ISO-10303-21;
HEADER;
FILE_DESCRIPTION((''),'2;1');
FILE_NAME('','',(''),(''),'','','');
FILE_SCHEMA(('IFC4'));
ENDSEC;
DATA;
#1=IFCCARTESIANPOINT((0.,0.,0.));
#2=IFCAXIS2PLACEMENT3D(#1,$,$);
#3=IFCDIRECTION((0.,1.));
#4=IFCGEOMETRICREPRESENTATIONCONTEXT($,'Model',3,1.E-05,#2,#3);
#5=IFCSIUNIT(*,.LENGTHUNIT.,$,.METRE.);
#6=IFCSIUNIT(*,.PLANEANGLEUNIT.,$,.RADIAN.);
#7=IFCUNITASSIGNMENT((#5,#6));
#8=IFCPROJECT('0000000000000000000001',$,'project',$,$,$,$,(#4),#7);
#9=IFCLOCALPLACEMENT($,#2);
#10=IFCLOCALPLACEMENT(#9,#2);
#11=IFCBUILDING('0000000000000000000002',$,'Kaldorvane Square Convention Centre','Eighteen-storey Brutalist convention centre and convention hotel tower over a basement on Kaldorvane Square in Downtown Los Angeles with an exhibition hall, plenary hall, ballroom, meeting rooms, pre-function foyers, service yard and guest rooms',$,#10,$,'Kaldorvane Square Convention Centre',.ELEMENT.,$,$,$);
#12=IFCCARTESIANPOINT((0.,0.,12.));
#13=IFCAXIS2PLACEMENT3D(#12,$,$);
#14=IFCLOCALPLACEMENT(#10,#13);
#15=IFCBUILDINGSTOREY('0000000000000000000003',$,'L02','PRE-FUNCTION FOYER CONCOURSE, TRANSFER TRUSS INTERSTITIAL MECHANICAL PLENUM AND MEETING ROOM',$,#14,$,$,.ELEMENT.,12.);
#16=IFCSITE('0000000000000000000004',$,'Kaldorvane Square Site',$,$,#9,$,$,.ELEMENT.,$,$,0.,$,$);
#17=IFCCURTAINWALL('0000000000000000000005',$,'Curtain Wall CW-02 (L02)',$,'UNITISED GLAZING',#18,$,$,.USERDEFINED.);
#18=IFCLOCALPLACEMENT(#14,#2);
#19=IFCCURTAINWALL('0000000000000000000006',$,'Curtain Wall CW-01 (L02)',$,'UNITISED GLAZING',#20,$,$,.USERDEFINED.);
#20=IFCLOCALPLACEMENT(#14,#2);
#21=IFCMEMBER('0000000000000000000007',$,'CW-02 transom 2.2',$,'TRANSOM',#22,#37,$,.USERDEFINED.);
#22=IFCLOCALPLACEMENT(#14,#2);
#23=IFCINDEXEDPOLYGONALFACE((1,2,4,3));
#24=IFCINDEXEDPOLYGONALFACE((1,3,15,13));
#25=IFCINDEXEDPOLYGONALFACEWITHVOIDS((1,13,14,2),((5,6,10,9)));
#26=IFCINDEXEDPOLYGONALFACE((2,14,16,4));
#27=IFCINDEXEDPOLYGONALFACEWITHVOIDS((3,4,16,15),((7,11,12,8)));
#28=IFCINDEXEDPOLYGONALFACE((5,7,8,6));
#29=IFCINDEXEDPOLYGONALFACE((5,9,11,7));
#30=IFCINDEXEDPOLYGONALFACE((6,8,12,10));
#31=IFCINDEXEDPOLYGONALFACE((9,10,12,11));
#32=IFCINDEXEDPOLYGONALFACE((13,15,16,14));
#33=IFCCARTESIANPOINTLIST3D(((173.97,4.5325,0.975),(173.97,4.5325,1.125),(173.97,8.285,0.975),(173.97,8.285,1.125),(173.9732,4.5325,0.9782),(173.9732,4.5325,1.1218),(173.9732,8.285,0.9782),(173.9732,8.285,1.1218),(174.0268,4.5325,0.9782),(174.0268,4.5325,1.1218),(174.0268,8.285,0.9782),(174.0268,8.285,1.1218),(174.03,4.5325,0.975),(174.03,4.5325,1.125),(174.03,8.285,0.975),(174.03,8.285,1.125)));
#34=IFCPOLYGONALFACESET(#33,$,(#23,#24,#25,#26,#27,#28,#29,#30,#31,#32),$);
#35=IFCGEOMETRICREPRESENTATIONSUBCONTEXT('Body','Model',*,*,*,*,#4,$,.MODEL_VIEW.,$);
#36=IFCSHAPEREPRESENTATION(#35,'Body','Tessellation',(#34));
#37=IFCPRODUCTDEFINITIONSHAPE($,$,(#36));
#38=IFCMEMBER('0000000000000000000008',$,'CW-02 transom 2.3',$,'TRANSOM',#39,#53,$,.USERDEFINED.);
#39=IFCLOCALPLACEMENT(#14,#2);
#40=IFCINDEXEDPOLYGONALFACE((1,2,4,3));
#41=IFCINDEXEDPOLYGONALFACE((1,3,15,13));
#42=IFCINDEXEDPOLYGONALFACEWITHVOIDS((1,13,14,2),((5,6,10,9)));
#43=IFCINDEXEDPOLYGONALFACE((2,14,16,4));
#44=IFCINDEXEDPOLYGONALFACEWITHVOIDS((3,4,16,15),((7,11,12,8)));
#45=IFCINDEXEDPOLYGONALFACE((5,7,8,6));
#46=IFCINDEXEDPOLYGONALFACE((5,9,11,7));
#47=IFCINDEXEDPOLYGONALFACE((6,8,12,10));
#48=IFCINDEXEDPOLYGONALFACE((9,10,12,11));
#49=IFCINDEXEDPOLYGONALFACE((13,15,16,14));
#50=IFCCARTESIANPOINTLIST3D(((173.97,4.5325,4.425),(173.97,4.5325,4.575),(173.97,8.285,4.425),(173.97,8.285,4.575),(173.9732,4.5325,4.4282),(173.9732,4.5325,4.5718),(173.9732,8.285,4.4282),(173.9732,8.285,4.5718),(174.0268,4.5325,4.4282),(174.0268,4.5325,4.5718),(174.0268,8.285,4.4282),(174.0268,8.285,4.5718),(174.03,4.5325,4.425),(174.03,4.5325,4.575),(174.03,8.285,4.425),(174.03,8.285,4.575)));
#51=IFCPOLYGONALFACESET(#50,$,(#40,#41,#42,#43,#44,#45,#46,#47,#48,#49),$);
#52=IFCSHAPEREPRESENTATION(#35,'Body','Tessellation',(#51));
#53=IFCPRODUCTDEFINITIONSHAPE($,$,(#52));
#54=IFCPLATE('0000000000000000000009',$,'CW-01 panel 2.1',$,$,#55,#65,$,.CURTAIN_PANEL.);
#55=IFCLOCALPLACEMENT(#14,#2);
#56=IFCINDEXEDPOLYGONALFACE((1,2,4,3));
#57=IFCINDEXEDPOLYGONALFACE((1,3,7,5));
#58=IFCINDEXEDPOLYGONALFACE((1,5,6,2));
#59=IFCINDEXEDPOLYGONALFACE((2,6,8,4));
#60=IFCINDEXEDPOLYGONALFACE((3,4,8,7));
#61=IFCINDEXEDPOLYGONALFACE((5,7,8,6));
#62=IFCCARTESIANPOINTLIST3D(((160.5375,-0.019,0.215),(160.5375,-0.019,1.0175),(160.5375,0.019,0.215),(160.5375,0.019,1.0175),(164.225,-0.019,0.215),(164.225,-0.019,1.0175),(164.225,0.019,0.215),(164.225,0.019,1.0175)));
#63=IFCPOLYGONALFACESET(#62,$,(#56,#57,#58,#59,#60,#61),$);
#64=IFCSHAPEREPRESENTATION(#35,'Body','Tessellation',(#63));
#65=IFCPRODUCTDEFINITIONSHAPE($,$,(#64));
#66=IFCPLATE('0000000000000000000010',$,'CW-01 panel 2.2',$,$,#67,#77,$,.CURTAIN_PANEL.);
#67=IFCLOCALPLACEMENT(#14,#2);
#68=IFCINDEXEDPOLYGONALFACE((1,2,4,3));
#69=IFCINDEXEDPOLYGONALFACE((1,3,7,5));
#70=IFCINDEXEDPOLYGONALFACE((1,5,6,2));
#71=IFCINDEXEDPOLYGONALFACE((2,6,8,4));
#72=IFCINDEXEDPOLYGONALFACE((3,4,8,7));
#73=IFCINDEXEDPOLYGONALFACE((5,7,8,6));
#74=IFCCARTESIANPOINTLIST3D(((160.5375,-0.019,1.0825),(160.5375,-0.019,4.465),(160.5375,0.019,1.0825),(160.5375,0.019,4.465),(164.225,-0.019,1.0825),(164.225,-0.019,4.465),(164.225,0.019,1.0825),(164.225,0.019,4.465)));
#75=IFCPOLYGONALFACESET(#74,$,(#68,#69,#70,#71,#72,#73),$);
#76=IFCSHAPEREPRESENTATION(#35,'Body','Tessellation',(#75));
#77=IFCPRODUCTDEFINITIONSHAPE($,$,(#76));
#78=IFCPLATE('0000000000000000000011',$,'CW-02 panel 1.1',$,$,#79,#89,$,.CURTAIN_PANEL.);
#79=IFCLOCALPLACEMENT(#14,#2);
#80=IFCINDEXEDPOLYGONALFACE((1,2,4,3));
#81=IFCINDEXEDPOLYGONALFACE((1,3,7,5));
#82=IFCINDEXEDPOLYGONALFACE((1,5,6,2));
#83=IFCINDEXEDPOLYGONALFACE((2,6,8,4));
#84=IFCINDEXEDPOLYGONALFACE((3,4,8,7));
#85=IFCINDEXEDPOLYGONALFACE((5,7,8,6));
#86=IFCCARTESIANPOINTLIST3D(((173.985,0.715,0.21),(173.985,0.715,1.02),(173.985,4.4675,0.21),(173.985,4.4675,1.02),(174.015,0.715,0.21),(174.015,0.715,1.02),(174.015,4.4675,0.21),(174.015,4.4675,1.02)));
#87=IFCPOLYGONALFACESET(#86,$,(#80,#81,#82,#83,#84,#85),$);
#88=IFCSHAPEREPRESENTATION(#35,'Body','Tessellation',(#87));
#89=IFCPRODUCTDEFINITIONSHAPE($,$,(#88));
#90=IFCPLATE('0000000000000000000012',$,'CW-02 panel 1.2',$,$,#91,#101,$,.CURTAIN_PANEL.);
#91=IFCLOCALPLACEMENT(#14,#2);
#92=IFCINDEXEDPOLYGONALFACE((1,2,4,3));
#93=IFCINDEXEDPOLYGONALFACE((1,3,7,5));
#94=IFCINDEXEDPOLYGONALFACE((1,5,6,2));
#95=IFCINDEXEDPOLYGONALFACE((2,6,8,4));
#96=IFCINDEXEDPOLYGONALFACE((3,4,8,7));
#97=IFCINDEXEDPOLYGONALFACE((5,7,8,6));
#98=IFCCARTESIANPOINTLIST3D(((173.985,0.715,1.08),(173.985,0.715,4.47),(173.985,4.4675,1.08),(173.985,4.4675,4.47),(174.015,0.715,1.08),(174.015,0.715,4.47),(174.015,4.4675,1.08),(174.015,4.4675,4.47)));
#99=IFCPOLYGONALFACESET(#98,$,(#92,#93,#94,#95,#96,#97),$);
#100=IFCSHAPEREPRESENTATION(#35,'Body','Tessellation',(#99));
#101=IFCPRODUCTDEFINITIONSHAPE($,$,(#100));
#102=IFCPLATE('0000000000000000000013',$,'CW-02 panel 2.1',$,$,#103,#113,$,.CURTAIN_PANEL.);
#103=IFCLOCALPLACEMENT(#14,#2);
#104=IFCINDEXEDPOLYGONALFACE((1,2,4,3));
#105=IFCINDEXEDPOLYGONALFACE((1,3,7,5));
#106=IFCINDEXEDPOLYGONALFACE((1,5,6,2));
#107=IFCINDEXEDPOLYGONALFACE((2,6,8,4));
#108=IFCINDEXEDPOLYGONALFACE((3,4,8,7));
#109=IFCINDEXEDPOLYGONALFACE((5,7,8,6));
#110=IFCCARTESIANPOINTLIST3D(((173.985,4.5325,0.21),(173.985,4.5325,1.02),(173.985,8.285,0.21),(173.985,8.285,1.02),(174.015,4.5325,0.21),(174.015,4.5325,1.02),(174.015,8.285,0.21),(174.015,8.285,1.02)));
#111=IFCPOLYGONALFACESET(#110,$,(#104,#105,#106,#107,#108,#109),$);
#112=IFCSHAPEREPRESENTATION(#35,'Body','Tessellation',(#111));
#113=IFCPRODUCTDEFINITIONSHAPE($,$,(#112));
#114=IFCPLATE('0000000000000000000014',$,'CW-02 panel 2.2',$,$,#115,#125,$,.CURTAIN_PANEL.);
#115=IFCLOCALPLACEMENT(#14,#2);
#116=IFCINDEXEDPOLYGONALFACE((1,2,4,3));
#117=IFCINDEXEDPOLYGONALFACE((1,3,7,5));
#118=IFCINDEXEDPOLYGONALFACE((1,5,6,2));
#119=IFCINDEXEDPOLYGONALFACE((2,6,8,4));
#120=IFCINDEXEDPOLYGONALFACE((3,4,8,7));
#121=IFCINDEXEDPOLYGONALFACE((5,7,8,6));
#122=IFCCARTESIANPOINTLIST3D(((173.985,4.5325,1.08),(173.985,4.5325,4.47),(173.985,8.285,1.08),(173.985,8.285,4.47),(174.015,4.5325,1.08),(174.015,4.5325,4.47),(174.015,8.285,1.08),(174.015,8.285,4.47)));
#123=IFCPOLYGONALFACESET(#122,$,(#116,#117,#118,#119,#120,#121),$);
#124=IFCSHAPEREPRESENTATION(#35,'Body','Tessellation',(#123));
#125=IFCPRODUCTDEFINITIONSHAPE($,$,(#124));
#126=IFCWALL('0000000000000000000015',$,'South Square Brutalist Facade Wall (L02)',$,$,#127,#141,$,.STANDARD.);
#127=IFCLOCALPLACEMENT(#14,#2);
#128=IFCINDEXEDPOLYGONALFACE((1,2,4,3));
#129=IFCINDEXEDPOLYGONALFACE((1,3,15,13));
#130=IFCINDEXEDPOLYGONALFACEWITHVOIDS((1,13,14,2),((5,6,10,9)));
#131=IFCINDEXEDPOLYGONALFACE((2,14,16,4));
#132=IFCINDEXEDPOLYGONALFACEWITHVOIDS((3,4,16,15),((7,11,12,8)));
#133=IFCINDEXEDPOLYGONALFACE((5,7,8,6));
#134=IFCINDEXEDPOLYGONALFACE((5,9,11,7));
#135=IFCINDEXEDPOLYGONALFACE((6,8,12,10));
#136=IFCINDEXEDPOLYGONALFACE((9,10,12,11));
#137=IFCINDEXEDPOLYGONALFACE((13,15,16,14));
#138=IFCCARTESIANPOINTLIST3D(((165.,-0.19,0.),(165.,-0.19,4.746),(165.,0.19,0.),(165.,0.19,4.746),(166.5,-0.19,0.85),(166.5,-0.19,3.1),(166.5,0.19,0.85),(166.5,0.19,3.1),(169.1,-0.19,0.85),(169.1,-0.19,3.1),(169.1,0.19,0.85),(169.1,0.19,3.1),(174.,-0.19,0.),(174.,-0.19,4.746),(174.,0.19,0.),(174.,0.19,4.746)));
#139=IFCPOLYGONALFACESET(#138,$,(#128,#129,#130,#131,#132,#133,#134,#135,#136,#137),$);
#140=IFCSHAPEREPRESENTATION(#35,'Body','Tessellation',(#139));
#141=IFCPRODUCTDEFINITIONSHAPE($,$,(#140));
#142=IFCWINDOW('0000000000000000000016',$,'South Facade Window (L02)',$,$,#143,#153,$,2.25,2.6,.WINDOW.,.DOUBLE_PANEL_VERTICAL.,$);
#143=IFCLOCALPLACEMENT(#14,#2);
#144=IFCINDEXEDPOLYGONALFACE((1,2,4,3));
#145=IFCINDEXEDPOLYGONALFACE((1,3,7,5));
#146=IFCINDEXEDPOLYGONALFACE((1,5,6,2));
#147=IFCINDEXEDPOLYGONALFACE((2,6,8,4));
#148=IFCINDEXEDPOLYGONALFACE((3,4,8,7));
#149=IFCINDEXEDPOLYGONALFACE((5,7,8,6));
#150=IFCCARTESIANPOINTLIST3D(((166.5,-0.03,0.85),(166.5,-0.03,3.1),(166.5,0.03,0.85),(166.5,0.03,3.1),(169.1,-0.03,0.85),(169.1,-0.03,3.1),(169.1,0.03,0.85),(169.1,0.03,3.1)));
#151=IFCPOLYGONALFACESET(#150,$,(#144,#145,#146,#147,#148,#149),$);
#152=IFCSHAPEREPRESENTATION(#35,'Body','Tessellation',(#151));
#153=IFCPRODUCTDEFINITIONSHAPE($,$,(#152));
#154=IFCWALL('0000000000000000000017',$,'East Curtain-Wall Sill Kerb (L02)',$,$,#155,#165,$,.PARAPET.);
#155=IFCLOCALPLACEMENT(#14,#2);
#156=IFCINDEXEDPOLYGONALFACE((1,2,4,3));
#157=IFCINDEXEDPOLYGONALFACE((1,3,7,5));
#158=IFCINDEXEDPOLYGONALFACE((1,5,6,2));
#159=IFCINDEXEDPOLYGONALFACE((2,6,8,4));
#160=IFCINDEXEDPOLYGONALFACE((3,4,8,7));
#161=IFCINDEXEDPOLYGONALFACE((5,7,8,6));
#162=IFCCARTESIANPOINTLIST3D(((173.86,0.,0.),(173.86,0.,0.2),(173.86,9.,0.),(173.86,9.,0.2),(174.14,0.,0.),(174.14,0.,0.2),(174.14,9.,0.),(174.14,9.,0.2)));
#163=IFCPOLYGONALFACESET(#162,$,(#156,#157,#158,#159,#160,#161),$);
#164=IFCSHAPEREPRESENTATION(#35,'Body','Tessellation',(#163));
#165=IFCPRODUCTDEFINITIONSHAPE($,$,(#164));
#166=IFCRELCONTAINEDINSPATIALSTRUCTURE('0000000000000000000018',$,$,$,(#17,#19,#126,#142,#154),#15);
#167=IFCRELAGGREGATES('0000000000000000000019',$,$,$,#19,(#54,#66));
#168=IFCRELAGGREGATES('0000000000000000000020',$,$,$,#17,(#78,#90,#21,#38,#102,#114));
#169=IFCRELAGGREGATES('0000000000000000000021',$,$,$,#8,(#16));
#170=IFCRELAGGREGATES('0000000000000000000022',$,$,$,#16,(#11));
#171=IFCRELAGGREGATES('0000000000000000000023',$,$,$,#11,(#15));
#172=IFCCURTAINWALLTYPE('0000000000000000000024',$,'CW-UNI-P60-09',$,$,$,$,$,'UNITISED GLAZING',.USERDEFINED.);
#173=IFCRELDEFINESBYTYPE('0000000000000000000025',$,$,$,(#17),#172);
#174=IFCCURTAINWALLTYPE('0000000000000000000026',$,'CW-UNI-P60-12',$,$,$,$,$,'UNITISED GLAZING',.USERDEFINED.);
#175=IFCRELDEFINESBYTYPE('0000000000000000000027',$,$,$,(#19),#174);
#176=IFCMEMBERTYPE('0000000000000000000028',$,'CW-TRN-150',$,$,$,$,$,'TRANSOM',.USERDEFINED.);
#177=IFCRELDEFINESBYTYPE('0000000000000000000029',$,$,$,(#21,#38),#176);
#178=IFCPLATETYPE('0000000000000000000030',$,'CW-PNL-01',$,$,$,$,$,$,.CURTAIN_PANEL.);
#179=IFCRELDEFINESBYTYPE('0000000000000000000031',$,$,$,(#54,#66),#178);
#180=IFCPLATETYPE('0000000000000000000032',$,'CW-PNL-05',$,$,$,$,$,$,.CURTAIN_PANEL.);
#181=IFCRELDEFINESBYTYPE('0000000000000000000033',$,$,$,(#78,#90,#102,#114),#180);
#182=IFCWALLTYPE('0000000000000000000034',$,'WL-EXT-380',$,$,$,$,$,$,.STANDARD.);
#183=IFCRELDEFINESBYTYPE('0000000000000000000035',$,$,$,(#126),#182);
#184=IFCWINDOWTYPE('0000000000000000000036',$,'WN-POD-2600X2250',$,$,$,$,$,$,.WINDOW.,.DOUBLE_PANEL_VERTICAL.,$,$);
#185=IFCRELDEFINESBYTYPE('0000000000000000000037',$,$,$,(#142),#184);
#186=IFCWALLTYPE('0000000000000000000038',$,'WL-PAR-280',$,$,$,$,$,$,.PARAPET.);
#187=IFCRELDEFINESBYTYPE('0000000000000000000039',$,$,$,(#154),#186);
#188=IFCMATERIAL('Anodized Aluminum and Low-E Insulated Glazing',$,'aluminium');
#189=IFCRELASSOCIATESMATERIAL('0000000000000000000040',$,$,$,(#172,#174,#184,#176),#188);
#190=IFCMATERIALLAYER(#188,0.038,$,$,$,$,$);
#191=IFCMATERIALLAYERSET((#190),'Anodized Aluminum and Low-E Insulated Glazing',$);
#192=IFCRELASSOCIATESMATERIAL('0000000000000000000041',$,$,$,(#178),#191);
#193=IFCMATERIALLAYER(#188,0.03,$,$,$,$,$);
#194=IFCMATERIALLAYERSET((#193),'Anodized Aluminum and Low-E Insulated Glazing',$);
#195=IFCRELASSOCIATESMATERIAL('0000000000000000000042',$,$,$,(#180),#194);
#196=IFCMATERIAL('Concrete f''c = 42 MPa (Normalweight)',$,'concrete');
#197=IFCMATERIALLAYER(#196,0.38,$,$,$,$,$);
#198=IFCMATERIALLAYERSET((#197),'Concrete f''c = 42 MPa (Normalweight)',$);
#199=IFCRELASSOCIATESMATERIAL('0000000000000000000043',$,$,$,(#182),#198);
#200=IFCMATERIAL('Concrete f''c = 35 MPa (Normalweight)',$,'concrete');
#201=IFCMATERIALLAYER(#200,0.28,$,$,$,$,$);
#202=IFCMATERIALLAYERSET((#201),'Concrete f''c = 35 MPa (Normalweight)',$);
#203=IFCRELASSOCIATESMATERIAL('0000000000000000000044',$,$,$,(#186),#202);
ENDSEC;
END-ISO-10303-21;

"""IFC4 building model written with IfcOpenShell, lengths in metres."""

from ifc_helpers import new_model, si_unit, direction, frame, frame_2d, origin, origin_2d, place, context, subcontext, project, spatial, rectangle, hollow_rectangle, extrude, material, layer, layer_set, material_profile, profile_set, type_object, element, fill, aggregate, save


model = new_model("IFC4")

# Units and contexts
model_context = context("Model", 3, precision=1e-05, world=origin(), true_north=direction((0.0, 1.0)))
body_context = subcontext(model_context, "Body", "Model", "MODEL_VIEW")
ifc_project = project(units=[si_unit("LENGTHUNIT", "METRE"), si_unit("PLANEANGLEUNIT", "RADIAN")], contexts=[model_context])

# Site, building, storey
site_placement = place(None, origin())
site = spatial("IfcSite", under=ifc_project, at=site_placement, Name="Kaldorvane Square Site", CompositionType="ELEMENT", RefElevation=0.0)
building_placement = place(site_placement, origin())
building = spatial("IfcBuilding", under=site, at=building_placement, Name="Kaldorvane Square Convention Centre", Description="Eighteen-storey Brutalist convention centre and convention hotel tower over a basement on Kaldorvane Square in Downtown Los Angeles with an exhibition hall, plenary hall, ballroom, meeting rooms, pre-function foyers, service yard and guest rooms", LongName="Kaldorvane Square Convention Centre", CompositionType="ELEMENT")
storey_placement = place(building_placement, frame((0.0, 0.0, 12.0)))
storey = spatial("IfcBuildingStorey", under=building, at=storey_placement, Name="L02", Description="PRE-FUNCTION FOYER CONCOURSE, TRANSFER TRUSS INTERSTITIAL MECHANICAL PLENUM AND MEETING ROOM", CompositionType="ELEMENT", Elevation=12.0)

# Shared definitions
ifc_material_1 = material(Name="Concrete f'c = 42 MPa (Normalweight)", Category="concrete")

# Curtain wall
ifc_material_2 = material(Name="Anodized Aluminum and Low-E Insulated Glazing", Category="aluminium")
curtain_wall_type_1 = type_object("IfcCurtainWallType", Name="CW-UNI-P60-09", ElementType="UNITISED GLAZING", PredefinedType="USERDEFINED", material=ifc_material_2)
curtain_wall_1_placement = place(storey_placement, origin())
curtain_wall_1 = element("IfcCurtainWall", 1, at=curtain_wall_1_placement, inside=storey, type_object=curtain_wall_type_1, Name="Curtain Wall CW-02 (L02)", ObjectType="UNITISED GLAZING", PredefinedType="USERDEFINED")

# Curtain wall
curtain_wall_type_2 = type_object("IfcCurtainWallType", Name="CW-UNI-P60-12", ElementType="UNITISED GLAZING", PredefinedType="USERDEFINED", material=ifc_material_2)
curtain_wall_2_placement = place(storey_placement, origin())
curtain_wall_2 = element("IfcCurtainWall", 2, at=curtain_wall_2_placement, inside=storey, type_object=curtain_wall_type_2, Name="Curtain Wall CW-01 (L02)", ObjectType="UNITISED GLAZING", PredefinedType="USERDEFINED")

# Members
ifc_material_profile_1 = material_profile(ifc_material_2, hollow_rectangle(XDim=0.06, YDim=0.15, WallThickness=0.0032, at=origin_2d()), Name="CWT-150X60")
ifc_profile_set_1 = profile_set([ifc_material_profile_1], Name="Anodized Aluminum and Low-E Insulated Glazing")
member_type_1 = type_object("IfcMemberType", Name="CW-TRN-150", ElementType="TRANSOM", PredefinedType="USERDEFINED", material=ifc_profile_set_1)
member_1_placement = place(storey_placement, frame((174.0, 4.5325, 1.05), z_axis=(0.0, 1.0, 0.0), x_axis=(-1.0, 0.0, 0.0)))
member_1 = element("IfcMember", 3, at=member_1_placement, type_object=member_type_1, Name="CW-02 transom 2.2", ObjectType="TRANSOM", PredefinedType="USERDEFINED", context=body_context, shape_type="SweptSolid", body=[
    extrude(hollow_rectangle(XDim=0.06, YDim=0.15, WallThickness=0.0032, at=origin_2d()), origin(), (0.0, 0.0, 1.0), 3.7525),
])
member_2_placement = place(storey_placement, frame((174.0, 4.5325, 4.5), z_axis=(0.0, 1.0, 0.0), x_axis=(-1.0, 0.0, 0.0)))
member_2 = element("IfcMember", 4, at=member_2_placement, type_object=member_type_1, Name="CW-02 transom 2.3", ObjectType="TRANSOM", PredefinedType="USERDEFINED", context=body_context, shape_type="SweptSolid", body=[
    extrude(hollow_rectangle(XDim=0.06, YDim=0.15, WallThickness=0.0032, at=origin_2d()), origin(), (0.0, 0.0, 1.0), 3.7525),
])

# Plates
ifc_layer_1 = layer(ifc_material_2, 0.038)
ifc_layer_set_1 = layer_set([ifc_layer_1], Name="Anodized Aluminum and Low-E Insulated Glazing")
plate_type_1 = type_object("IfcPlateType", Name="CW-PNL-01", PredefinedType="CURTAIN_PANEL", material=ifc_layer_set_1)
plate_1_placement = place(storey_placement, frame((162.3813, 0.0, 0.215), z_axis=(0.0, 0.0, 1.0), x_axis=(1.0, 0.0, 0.0)))
plate_1 = element("IfcPlate", 5, at=plate_1_placement, type_object=plate_type_1, Name="CW-01 panel 2.1", PredefinedType="CURTAIN_PANEL", context=body_context, shape_type="SweptSolid", body=[
    extrude(rectangle(XDim=3.6875, YDim=0.038, at=origin_2d()), origin(), (0.0, 0.0, 1.0), 0.8025),
])
plate_2_placement = place(storey_placement, frame((162.3813, 0.0, 1.0825), z_axis=(0.0, 0.0, 1.0), x_axis=(1.0, 0.0, 0.0)))
plate_2 = element("IfcPlate", 6, at=plate_2_placement, type_object=plate_type_1, Name="CW-01 panel 2.2", PredefinedType="CURTAIN_PANEL", context=body_context, shape_type="SweptSolid", body=[
    extrude(rectangle(XDim=3.6875, YDim=0.038, at=origin_2d()), origin(), (0.0, 0.0, 1.0), 3.3825),
])
aggregate(curtain_wall_2, [plate_1, plate_2])
ifc_layer_2 = layer(ifc_material_2, 0.03)
ifc_layer_set_2 = layer_set([ifc_layer_2], Name="Anodized Aluminum and Low-E Insulated Glazing")
plate_type_2 = type_object("IfcPlateType", Name="CW-PNL-05", PredefinedType="CURTAIN_PANEL", material=ifc_layer_set_2)
plate_3_placement = place(storey_placement, frame((174.0, 2.5912, 0.21), z_axis=(0.0, 0.0, 1.0), x_axis=(0.0, 1.0, 0.0)))
plate_3 = element("IfcPlate", 7, at=plate_3_placement, type_object=plate_type_2, Name="CW-02 panel 1.1", PredefinedType="CURTAIN_PANEL", context=body_context, shape_type="SweptSolid", body=[
    extrude(rectangle(XDim=3.7525, YDim=0.03, at=origin_2d()), origin(), (0.0, 0.0, 1.0), 0.81),
])
plate_4_placement = place(storey_placement, frame((174.0, 2.5912, 1.08), z_axis=(0.0, 0.0, 1.0), x_axis=(0.0, 1.0, 0.0)))
plate_4 = element("IfcPlate", 8, at=plate_4_placement, type_object=plate_type_2, Name="CW-02 panel 1.2", PredefinedType="CURTAIN_PANEL", context=body_context, shape_type="SweptSolid", body=[
    extrude(rectangle(XDim=3.7525, YDim=0.03, at=origin_2d()), origin(), (0.0, 0.0, 1.0), 3.39),
])
plate_5_placement = place(storey_placement, frame((174.0, 6.4088, 0.21), z_axis=(0.0, 0.0, 1.0), x_axis=(0.0, 1.0, 0.0)))
plate_5 = element("IfcPlate", 9, at=plate_5_placement, type_object=plate_type_2, Name="CW-02 panel 2.1", PredefinedType="CURTAIN_PANEL", context=body_context, shape_type="SweptSolid", body=[
    extrude(rectangle(XDim=3.7525, YDim=0.03, at=origin_2d()), origin(), (0.0, 0.0, 1.0), 0.81),
])
plate_6_placement = place(storey_placement, frame((174.0, 6.4088, 1.08), z_axis=(0.0, 0.0, 1.0), x_axis=(0.0, 1.0, 0.0)))
plate_6 = element("IfcPlate", 10, at=plate_6_placement, type_object=plate_type_2, Name="CW-02 panel 2.2", PredefinedType="CURTAIN_PANEL", context=body_context, shape_type="SweptSolid", body=[
    extrude(rectangle(XDim=3.7525, YDim=0.03, at=origin_2d()), origin(), (0.0, 0.0, 1.0), 3.39),
])
aggregate(curtain_wall_1, [plate_3, plate_4, member_1, member_2, plate_5, plate_6])

# Wall, opening, window
ifc_layer_3 = layer(ifc_material_1, 0.38)
ifc_layer_set_3 = layer_set([ifc_layer_3], Name="Concrete f'c = 42 MPa (Normalweight)")
wall_type_1 = type_object("IfcWallType", Name="WL-EXT-380", PredefinedType="STANDARD", material=ifc_layer_set_3)
wall_1_placement = place(storey_placement, frame((165.0, 0.0, 0.0), z_axis=(0.0, 0.0, 1.0), x_axis=(1.0, 0.0, 0.0)))
wall_1 = element("IfcWall", 11, at=wall_1_placement, inside=storey, type_object=wall_type_1, Name="South Square Brutalist Facade Wall (L02)", PredefinedType="STANDARD", context=body_context, shape_type="SweptSolid", body=[
    extrude(rectangle(XDim=9.0, YDim=0.38, at=frame_2d((4.5, 0.0))), origin(), (0.0, 0.0, 1.0), 4.746),
])
opening_placement = place(wall_1_placement, frame((1.5, 0.0, 0.85)))
opening = element("IfcOpeningElement", 12, at=opening_placement, cuts=wall_1, PredefinedType="OPENING", context=body_context, shape_type="SweptSolid", body=[
    extrude(rectangle(XDim=2.6, YDim=2.25, at=frame_2d((1.3, 1.125))), frame((0.0, 0.205, 0.0), z_axis=(0.0, -1.0, 0.0), x_axis=(1.0, 0.0, 0.0)), (0.0, 0.0, 1.0), 0.41),
])
window_type = type_object("IfcWindowType", Name="WN-POD-2600X2250", PartitioningType="DOUBLE_PANEL_VERTICAL", PredefinedType="WINDOW", material=ifc_material_2)
window_placement = place(opening_placement, origin())
window = element("IfcWindow", 13, at=window_placement, inside=storey, type_object=window_type, Name="South Facade Window (L02)", OverallHeight=2.25, OverallWidth=2.6, PartitioningType="DOUBLE_PANEL_VERTICAL", PredefinedType="WINDOW", context=body_context, shape_type="SweptSolid", body=[
    extrude(rectangle(XDim=2.6, YDim=2.25, at=frame_2d((1.3, 1.125))), frame((0.0, 0.03, 0.0), z_axis=(0.0, -1.0, 0.0), x_axis=(1.0, 0.0, 0.0)), (0.0, 0.0, 1.0), 0.06),
])
fill(opening, window)

# Wall
ifc_material_3 = material(Name="Concrete f'c = 35 MPa (Normalweight)", Category="concrete")
ifc_layer_4 = layer(ifc_material_3, 0.28)
ifc_layer_set_4 = layer_set([ifc_layer_4], Name="Concrete f'c = 35 MPa (Normalweight)")
wall_type_2 = type_object("IfcWallType", Name="WL-PAR-280", PredefinedType="PARAPET", material=ifc_layer_set_4)
wall_2_placement = place(storey_placement, frame((174.0, 0.0, 0.0), z_axis=(0.0, 0.0, 1.0), x_axis=(0.0, 1.0, 0.0)))
element("IfcWall", 14, at=wall_2_placement, inside=storey, type_object=wall_type_2, Name="East Curtain-Wall Sill Kerb (L02)", PredefinedType="PARAPET", context=body_context, shape_type="SweptSolid", body=[
    extrude(rectangle(XDim=9.0, YDim=0.28, at=frame_2d((4.5, 0.0))), origin(), (0.0, 0.0, 1.0), 0.2),
])

save(model, "model.ifc")
